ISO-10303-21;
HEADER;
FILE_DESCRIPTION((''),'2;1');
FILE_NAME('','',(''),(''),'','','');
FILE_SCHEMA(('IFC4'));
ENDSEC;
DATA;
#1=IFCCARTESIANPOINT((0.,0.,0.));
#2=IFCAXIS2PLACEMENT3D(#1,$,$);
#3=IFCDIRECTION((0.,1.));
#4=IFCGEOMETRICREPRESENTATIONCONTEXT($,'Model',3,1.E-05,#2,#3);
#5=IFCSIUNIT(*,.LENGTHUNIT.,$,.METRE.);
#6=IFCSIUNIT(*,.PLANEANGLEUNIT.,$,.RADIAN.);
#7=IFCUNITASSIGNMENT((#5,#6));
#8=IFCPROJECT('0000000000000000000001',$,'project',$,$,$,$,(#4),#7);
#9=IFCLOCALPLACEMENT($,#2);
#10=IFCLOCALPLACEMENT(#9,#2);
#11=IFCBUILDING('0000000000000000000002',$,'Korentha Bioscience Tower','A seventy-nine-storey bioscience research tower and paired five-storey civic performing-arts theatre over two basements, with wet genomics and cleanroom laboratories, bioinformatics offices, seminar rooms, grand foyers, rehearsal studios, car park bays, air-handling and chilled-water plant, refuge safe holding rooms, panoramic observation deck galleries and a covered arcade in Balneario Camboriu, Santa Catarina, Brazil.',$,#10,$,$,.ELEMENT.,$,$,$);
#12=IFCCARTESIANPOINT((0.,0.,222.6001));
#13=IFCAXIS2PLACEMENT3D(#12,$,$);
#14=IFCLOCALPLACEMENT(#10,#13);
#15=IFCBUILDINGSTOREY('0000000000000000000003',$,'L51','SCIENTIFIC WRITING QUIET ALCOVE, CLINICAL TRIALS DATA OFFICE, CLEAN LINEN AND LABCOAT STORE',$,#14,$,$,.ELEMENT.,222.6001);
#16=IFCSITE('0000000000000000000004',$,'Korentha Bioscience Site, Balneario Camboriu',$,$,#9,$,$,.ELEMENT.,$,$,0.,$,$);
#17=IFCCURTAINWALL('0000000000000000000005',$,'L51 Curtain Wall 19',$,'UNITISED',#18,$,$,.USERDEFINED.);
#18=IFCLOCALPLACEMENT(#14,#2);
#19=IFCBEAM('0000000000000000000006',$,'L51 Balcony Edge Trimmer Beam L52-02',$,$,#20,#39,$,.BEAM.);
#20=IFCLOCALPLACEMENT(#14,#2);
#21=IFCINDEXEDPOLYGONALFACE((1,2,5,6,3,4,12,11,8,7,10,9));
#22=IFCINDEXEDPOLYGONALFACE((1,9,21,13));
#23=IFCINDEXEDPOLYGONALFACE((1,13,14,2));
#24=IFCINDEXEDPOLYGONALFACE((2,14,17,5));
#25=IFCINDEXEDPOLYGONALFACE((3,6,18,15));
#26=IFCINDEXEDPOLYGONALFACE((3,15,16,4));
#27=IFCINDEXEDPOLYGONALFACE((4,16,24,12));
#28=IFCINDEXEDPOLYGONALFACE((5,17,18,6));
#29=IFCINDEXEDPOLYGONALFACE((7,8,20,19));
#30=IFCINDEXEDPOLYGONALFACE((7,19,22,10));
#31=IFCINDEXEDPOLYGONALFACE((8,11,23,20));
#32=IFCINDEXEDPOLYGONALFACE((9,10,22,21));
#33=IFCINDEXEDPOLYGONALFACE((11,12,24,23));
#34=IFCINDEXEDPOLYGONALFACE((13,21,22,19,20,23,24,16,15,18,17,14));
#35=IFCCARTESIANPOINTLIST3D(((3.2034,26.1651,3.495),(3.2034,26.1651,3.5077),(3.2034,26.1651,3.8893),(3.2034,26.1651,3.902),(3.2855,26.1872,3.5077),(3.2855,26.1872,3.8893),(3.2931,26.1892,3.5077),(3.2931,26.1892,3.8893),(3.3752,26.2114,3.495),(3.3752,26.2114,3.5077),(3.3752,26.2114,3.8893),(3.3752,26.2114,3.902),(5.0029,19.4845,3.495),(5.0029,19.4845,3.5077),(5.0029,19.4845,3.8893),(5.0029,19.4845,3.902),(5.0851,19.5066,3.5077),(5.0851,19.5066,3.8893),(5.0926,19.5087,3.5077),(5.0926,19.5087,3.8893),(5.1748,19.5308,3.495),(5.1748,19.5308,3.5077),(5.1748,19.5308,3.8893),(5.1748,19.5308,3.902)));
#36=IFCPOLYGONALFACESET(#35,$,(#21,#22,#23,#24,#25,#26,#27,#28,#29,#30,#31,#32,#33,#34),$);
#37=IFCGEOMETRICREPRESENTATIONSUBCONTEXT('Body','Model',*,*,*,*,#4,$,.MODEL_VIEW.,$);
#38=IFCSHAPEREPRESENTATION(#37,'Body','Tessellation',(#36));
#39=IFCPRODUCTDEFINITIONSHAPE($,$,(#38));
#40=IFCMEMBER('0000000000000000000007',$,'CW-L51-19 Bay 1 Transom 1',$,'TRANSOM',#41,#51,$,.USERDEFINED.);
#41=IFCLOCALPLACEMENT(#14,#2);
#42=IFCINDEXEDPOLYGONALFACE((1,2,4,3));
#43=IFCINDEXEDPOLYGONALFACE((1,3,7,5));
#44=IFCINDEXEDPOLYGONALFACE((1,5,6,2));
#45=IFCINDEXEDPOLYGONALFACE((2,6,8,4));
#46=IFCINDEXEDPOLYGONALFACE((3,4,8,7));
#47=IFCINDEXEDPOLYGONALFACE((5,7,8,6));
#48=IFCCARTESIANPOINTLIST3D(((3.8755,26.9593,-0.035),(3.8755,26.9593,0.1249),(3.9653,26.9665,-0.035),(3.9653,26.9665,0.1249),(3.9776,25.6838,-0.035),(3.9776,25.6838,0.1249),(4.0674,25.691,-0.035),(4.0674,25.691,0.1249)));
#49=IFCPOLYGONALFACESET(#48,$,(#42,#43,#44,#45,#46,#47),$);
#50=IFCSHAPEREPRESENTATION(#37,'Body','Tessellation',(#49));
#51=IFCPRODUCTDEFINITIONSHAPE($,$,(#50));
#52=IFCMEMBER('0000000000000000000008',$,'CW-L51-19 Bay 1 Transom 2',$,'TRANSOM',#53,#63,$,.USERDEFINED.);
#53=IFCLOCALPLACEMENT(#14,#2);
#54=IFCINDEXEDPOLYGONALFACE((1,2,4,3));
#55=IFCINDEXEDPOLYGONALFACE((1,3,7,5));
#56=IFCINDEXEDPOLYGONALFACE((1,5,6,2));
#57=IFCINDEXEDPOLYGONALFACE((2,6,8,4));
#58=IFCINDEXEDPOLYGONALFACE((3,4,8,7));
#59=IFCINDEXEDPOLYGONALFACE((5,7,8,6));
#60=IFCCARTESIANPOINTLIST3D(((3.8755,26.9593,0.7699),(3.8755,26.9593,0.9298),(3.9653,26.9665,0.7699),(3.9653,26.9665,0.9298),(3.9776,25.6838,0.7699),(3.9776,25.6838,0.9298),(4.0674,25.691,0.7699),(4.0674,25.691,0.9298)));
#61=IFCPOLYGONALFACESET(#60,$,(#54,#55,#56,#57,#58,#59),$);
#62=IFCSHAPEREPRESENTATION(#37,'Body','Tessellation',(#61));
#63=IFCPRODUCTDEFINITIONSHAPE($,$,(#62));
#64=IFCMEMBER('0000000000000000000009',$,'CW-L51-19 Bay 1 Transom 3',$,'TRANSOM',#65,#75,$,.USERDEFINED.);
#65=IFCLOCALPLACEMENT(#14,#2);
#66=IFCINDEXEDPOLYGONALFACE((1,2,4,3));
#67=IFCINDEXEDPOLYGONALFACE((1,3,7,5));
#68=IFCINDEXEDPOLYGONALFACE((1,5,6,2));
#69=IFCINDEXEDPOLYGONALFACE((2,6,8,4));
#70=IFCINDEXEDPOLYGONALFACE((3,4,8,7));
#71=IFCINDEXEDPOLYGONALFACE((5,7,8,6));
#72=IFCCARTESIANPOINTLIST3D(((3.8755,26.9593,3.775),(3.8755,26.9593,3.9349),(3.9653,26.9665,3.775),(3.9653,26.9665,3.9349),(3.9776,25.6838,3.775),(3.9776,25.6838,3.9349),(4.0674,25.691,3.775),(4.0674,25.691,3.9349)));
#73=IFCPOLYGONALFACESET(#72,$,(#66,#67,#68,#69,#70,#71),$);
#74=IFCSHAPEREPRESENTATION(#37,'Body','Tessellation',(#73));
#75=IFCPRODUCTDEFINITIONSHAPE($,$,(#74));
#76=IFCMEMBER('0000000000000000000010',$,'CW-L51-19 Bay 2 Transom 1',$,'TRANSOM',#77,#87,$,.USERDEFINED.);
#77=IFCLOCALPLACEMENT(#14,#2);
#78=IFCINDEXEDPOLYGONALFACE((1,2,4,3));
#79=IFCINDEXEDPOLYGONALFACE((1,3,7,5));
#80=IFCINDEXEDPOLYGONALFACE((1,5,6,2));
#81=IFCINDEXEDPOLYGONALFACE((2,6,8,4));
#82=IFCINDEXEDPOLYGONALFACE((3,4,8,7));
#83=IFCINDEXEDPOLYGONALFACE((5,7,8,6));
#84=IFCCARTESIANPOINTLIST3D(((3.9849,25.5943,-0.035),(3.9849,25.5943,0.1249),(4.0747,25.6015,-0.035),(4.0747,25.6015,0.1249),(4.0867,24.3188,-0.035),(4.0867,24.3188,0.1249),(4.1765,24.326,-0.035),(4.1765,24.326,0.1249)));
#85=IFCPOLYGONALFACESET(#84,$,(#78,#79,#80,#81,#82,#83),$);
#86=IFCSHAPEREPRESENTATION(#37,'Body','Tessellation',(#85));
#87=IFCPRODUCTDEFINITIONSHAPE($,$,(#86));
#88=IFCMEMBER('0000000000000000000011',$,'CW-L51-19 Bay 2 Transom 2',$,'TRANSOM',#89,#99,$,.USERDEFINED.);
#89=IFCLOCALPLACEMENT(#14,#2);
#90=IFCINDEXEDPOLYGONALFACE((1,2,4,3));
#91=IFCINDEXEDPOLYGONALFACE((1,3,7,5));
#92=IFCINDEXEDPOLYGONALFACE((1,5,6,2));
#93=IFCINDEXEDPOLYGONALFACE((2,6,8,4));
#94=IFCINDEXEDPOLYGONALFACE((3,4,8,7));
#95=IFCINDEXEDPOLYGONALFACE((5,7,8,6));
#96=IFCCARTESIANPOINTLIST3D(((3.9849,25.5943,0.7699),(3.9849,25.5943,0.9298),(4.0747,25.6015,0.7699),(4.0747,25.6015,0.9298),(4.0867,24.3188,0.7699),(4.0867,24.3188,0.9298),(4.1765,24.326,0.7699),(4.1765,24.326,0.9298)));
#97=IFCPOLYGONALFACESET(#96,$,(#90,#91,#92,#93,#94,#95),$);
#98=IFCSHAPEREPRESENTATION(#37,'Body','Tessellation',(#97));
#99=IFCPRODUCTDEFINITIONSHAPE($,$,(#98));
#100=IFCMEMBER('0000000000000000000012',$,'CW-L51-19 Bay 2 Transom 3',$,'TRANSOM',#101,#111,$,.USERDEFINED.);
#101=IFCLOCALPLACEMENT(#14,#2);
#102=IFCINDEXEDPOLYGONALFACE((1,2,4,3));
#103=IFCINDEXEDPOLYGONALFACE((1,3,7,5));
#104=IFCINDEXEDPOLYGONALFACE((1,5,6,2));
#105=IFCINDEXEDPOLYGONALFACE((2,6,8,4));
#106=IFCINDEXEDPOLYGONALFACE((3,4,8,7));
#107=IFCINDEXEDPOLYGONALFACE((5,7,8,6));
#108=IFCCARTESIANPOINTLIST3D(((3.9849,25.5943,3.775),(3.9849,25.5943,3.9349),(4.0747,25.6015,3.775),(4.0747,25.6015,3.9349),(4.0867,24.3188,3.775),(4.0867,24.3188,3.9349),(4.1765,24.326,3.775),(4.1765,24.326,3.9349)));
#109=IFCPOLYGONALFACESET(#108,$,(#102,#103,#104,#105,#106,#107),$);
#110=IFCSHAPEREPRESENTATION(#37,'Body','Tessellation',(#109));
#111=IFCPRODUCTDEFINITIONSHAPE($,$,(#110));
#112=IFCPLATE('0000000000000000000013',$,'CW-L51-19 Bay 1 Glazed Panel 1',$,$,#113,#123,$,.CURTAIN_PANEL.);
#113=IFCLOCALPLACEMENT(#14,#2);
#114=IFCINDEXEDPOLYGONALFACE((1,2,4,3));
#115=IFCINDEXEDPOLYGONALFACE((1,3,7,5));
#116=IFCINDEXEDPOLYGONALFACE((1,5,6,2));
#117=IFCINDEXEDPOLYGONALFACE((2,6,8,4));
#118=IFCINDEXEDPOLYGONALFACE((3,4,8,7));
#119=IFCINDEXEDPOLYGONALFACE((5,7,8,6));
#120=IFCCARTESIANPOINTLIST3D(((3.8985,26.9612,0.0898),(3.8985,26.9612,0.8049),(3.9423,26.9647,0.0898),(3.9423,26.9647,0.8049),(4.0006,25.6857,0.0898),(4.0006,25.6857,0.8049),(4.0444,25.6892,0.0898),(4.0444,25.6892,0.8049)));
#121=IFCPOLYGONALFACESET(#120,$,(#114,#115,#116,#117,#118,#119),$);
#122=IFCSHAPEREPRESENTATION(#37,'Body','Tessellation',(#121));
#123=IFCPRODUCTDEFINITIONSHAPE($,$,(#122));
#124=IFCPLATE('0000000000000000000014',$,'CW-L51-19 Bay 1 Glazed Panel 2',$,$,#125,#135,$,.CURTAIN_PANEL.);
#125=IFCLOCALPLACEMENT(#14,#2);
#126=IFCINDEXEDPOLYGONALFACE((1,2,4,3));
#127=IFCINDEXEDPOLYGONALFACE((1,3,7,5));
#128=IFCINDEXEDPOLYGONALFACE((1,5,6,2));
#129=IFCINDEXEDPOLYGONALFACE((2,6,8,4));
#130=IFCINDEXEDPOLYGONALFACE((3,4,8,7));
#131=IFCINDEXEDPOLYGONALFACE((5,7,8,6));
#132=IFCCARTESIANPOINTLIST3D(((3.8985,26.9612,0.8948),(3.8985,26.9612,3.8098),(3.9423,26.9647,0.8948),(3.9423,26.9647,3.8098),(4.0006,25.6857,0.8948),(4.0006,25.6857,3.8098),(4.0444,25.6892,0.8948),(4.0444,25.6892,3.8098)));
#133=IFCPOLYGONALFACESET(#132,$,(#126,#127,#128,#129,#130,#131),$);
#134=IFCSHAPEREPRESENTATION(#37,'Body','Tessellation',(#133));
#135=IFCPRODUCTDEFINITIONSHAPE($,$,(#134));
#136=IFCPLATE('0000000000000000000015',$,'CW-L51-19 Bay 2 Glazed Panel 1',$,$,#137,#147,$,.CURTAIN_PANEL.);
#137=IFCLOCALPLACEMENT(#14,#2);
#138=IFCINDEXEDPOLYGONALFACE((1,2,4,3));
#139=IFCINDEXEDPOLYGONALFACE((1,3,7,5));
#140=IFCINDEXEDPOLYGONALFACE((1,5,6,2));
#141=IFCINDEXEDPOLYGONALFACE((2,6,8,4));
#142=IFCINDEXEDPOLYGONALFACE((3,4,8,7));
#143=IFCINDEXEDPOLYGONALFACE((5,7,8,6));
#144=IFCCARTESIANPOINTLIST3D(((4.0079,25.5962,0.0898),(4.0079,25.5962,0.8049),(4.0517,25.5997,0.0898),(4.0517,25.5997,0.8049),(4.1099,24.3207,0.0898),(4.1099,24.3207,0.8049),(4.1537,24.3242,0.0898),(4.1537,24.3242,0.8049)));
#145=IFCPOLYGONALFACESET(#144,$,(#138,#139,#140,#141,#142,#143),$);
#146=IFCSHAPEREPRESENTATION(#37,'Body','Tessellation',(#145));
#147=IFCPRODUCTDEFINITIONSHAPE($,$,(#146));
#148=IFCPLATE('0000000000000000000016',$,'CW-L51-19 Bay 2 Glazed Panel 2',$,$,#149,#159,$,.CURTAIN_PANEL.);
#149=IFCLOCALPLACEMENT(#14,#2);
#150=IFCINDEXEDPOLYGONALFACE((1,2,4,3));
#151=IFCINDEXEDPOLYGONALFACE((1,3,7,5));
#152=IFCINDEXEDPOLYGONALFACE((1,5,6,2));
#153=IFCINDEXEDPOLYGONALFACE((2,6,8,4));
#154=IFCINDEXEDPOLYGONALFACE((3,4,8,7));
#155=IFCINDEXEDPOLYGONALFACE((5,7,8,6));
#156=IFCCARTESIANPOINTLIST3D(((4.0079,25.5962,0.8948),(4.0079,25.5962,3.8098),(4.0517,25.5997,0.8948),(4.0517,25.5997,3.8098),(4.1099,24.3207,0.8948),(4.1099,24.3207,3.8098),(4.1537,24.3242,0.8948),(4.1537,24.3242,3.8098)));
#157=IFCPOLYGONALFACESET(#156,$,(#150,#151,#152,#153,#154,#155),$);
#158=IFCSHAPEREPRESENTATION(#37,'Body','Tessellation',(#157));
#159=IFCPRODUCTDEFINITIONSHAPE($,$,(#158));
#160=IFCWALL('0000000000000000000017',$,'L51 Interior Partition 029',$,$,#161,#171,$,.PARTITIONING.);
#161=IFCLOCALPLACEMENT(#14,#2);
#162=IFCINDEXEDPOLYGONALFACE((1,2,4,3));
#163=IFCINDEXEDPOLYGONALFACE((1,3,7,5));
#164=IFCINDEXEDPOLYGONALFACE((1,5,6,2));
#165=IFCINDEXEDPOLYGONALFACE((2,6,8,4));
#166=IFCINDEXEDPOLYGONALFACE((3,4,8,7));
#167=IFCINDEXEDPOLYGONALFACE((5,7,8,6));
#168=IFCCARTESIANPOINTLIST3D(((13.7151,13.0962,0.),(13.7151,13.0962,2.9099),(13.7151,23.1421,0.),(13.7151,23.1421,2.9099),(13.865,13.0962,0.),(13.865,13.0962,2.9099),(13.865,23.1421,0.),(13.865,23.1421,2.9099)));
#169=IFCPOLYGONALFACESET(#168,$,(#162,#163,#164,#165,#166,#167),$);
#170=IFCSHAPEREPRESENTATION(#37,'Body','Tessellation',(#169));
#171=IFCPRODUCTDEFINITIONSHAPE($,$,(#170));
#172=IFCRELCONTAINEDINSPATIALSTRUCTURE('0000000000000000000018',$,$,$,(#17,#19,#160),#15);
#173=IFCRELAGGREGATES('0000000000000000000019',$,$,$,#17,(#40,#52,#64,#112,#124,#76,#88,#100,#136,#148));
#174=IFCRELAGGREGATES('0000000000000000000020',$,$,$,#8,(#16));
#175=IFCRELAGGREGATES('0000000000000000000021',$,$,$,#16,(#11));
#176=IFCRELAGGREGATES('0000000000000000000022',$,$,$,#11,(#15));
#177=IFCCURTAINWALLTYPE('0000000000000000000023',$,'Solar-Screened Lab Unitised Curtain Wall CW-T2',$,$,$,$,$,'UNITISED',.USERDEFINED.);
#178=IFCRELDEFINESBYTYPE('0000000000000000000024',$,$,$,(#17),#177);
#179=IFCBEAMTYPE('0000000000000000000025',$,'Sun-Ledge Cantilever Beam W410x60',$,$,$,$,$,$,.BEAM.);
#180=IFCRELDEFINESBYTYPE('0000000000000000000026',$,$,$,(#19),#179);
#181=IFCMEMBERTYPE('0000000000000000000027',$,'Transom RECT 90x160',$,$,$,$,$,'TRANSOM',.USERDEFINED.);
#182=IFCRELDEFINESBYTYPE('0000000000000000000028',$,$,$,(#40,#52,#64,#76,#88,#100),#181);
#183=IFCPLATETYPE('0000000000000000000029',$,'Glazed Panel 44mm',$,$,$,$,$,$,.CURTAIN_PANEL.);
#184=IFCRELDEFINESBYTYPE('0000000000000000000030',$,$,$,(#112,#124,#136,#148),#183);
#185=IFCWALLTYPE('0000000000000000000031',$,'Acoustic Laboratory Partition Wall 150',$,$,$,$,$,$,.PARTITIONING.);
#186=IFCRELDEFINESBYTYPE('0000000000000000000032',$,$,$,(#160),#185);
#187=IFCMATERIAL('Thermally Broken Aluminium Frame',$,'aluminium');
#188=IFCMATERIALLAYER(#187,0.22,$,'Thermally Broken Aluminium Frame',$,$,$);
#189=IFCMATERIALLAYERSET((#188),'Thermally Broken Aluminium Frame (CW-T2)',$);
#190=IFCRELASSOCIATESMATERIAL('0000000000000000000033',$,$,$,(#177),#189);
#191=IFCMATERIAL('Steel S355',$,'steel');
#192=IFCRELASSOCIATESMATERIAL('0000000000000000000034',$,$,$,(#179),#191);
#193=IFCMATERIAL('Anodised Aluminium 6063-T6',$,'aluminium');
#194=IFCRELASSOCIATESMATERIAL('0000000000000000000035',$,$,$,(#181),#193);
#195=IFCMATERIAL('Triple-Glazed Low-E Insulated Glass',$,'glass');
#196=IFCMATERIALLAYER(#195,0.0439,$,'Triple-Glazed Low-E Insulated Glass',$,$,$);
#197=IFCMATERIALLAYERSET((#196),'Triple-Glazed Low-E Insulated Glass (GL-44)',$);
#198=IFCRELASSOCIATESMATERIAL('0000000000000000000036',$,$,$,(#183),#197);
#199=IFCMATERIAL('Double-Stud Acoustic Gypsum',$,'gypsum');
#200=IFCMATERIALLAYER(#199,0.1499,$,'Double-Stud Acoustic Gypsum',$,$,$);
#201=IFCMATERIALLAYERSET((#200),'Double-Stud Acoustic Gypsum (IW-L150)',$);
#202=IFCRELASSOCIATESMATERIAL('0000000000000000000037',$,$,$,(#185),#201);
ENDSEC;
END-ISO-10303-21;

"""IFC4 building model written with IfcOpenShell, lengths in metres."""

from ifc_helpers import new_model, si_unit, direction, frame, frame_2d, origin, origin_2d, place, context, subcontext, project, spatial, rectangle, i_section, extrude, material, layer, layer_set, material_profile, profile_set, type_object, element, aggregate, save


model = new_model("IFC4")

# Units and contexts
model_context = context("Model", 3, precision=1e-05, world=origin(), true_north=direction((0.0, 1.0)))
body_context = subcontext(model_context, "Body", "Model", "MODEL_VIEW")
ifc_project = project(units=[si_unit("LENGTHUNIT", "METRE"), si_unit("PLANEANGLEUNIT", "RADIAN")], contexts=[model_context])

# Site, building, storey
site_placement = place(None, origin())
site = spatial("IfcSite", under=ifc_project, at=site_placement, Name="Korentha Bioscience Site, Balneario Camboriu", CompositionType="ELEMENT", RefElevation=0.0)
building_placement = place(site_placement, origin())
building = spatial("IfcBuilding", under=site, at=building_placement, Name="Korentha Bioscience Tower", Description="A seventy-nine-storey bioscience research tower and paired five-storey civic performing-arts theatre over two basements, with wet genomics and cleanroom laboratories, bioinformatics offices, seminar rooms, grand foyers, rehearsal studios, car park bays, air-handling and chilled-water plant, refuge safe holding rooms, panoramic observation deck galleries and a covered arcade in Balneario Camboriu, Santa Catarina, Brazil.", CompositionType="ELEMENT")
storey_placement = place(building_placement, frame((0.0, 0.0, 222.6001)))
storey = spatial("IfcBuildingStorey", under=building, at=storey_placement, Name="L51", Description="SCIENTIFIC WRITING QUIET ALCOVE, CLINICAL TRIALS DATA OFFICE, CLEAN LINEN AND LABCOAT STORE", CompositionType="ELEMENT", Elevation=222.6001)

# Curtain wall
ifc_material_1 = material(Name="Thermally Broken Aluminium Frame", Category="aluminium")
ifc_layer_1 = layer(ifc_material_1, 0.22, Name="Thermally Broken Aluminium Frame")
ifc_layer_set_1 = layer_set([ifc_layer_1], Name="Thermally Broken Aluminium Frame (CW-T2)")
curtain_wall_type = type_object("IfcCurtainWallType", Name="Solar-Screened Lab Unitised Curtain Wall CW-T2", ElementType="UNITISED", PredefinedType="USERDEFINED", material=ifc_layer_set_1)
curtain_wall_placement = place(storey_placement, origin())
curtain_wall = element("IfcCurtainWall", 1, at=curtain_wall_placement, inside=storey, type_object=curtain_wall_type, Name="L51 Curtain Wall 19", ObjectType="UNITISED", PredefinedType="USERDEFINED")
ifc_material_2 = material(Name="Anodised Aluminium 6063-T6", Category="aluminium")

# Beam
ifc_material_3 = material(Name="Steel S355", Category="steel")
ifc_material_profile_1 = material_profile(ifc_material_3, i_section(OverallWidth=0.178, OverallDepth=0.407, WebThickness=0.0078, FlangeThickness=0.0127, at=origin_2d()), Name="Steel S355")
ifc_profile_set_1 = profile_set([ifc_material_profile_1], Name="Steel S355 (CB-410)")
beam_type_1 = type_object("IfcBeamType", Name="Sun-Ledge Cantilever Beam W410x60", PredefinedType="BEAM", material=ifc_profile_set_1)
beam_1_placement = place(storey_placement, frame((3.2893, 26.1882, 3.6985), z_axis=(0.260097, -0.965582, 0.0), x_axis=(0.965582, 0.260097, 0.0)))
element("IfcBeam", 2, at=beam_1_placement, inside=storey, type_object=beam_type_1, Name="L51 Balcony Edge Trimmer Beam L52-02", PredefinedType="BEAM", context=body_context, shape_type="SweptSolid", body=[
    extrude(i_section(OverallWidth=0.178, OverallDepth=0.407, WebThickness=0.0078, FlangeThickness=0.0127, at=origin_2d()), origin(), (0.0, 0.0, 1.0), 6.9187),
])

# Members
ifc_material_profile_2 = material_profile(ifc_material_2, rectangle(XDim=0.0901, YDim=0.1599, at=origin_2d()), Name="Anodised Aluminium 6063-T6")
ifc_profile_set_2 = profile_set([ifc_material_profile_2], Name="Anodised Aluminium 6063-T6 (CW-TRN)")
member_type_1 = type_object("IfcMemberType", Name="Transom RECT 90x160", ElementType="TRANSOM", PredefinedType="USERDEFINED", material=ifc_profile_set_2)
member_1_placement = place(storey_placement, frame((3.9204, 26.9629, 0.0449), z_axis=(0.07976, -0.996814, 0.0), x_axis=(0.996814, 0.07976, 0.0)))
member_1 = element("IfcMember", 3, at=member_1_placement, type_object=member_type_1, Name="CW-L51-19 Bay 1 Transom 1", ObjectType="TRANSOM", PredefinedType="USERDEFINED", context=body_context, shape_type="SweptSolid", body=[
    extrude(rectangle(XDim=0.0901, YDim=0.1599, at=origin_2d()), origin(), (0.0, 0.0, 1.0), 1.2795),
])
member_2_placement = place(storey_placement, frame((3.9204, 26.9629, 0.8499), z_axis=(0.07976, -0.996814, 0.0), x_axis=(0.996814, 0.07976, 0.0)))
member_2 = element("IfcMember", 4, at=member_2_placement, type_object=member_type_1, Name="CW-L51-19 Bay 1 Transom 2", ObjectType="TRANSOM", PredefinedType="USERDEFINED", context=body_context, shape_type="SweptSolid", body=[
    extrude(rectangle(XDim=0.0901, YDim=0.1599, at=origin_2d()), origin(), (0.0, 0.0, 1.0), 1.2795),
])
member_3_placement = place(storey_placement, frame((3.9204, 26.9629, 3.855), z_axis=(0.07976, -0.996814, 0.0), x_axis=(0.996814, 0.07976, 0.0)))
member_3 = element("IfcMember", 5, at=member_3_placement, type_object=member_type_1, Name="CW-L51-19 Bay 1 Transom 3", ObjectType="TRANSOM", PredefinedType="USERDEFINED", context=body_context, shape_type="SweptSolid", body=[
    extrude(rectangle(XDim=0.0901, YDim=0.1599, at=origin_2d()), origin(), (0.0, 0.0, 1.0), 1.2795),
])
member_4_placement = place(storey_placement, frame((4.0298, 25.5979, 0.0449), z_axis=(0.079571, -0.996829, 0.0), x_axis=(0.996829, 0.079571, 0.0)))
member_4 = element("IfcMember", 6, at=member_4_placement, type_object=member_type_1, Name="CW-L51-19 Bay 2 Transom 1", ObjectType="TRANSOM", PredefinedType="USERDEFINED", context=body_context, shape_type="SweptSolid", body=[
    extrude(rectangle(XDim=0.0901, YDim=0.1599, at=origin_2d()), origin(), (0.0, 0.0, 1.0), 1.2795),
])
member_5_placement = place(storey_placement, frame((4.0298, 25.5979, 0.8499), z_axis=(0.079571, -0.996829, 0.0), x_axis=(0.996829, 0.079571, 0.0)))
member_5 = element("IfcMember", 7, at=member_5_placement, type_object=member_type_1, Name="CW-L51-19 Bay 2 Transom 2", ObjectType="TRANSOM", PredefinedType="USERDEFINED", context=body_context, shape_type="SweptSolid", body=[
    extrude(rectangle(XDim=0.0901, YDim=0.1599, at=origin_2d()), origin(), (0.0, 0.0, 1.0), 1.2795),
])
member_6_placement = place(storey_placement, frame((4.0298, 25.5979, 3.855), z_axis=(0.079571, -0.996829, 0.0), x_axis=(0.996829, 0.079571, 0.0)))
member_6 = element("IfcMember", 8, at=member_6_placement, type_object=member_type_1, Name="CW-L51-19 Bay 2 Transom 3", ObjectType="TRANSOM", PredefinedType="USERDEFINED", context=body_context, shape_type="SweptSolid", body=[
    extrude(rectangle(XDim=0.0901, YDim=0.1599, at=origin_2d()), origin(), (0.0, 0.0, 1.0), 1.2795),
])

# Plates
ifc_material_4 = material(Name="Triple-Glazed Low-E Insulated Glass", Category="glass")
ifc_layer_2 = layer(ifc_material_4, 0.0439, Name="Triple-Glazed Low-E Insulated Glass")
ifc_layer_set_2 = layer_set([ifc_layer_2], Name="Triple-Glazed Low-E Insulated Glass (GL-44)")
plate_type = type_object("IfcPlateType", Name="Glazed Panel 44mm", PredefinedType="CURTAIN_PANEL", material=ifc_layer_set_2)
plate_1_placement = place(storey_placement, frame((3.9714, 26.3252, 0.0898), z_axis=(0.0, 0.0, 1.0), x_axis=(0.079748, -0.996815, 0.0)))
plate_1 = element("IfcPlate", 9, at=plate_1_placement, type_object=plate_type, Name="CW-L51-19 Bay 1 Glazed Panel 1", PredefinedType="CURTAIN_PANEL", context=body_context, shape_type="SweptSolid", body=[
    extrude(rectangle(XDim=1.2795, YDim=0.0439, at=origin_2d()), origin(), (0.0, 0.0, 1.0), 0.7151),
])
plate_2_placement = place(storey_placement, frame((3.9714, 26.3252, 0.8948), z_axis=(0.0, 0.0, 1.0), x_axis=(0.079748, -0.996815, 0.0)))
plate_2 = element("IfcPlate", 10, at=plate_2_placement, type_object=plate_type, Name="CW-L51-19 Bay 1 Glazed Panel 2", PredefinedType="CURTAIN_PANEL", context=body_context, shape_type="SweptSolid", body=[
    extrude(rectangle(XDim=1.2795, YDim=0.0439, at=origin_2d()), origin(), (0.0, 0.0, 1.0), 2.915),
])
plate_3_placement = place(storey_placement, frame((4.0808, 24.9602, 0.0898), z_axis=(0.0, 0.0, 1.0), x_axis=(0.079748, -0.996815, 0.0)))
plate_3 = element("IfcPlate", 11, at=plate_3_placement, type_object=plate_type, Name="CW-L51-19 Bay 2 Glazed Panel 1", PredefinedType="CURTAIN_PANEL", context=body_context, shape_type="SweptSolid", body=[
    extrude(rectangle(XDim=1.2795, YDim=0.0439, at=origin_2d()), origin(), (0.0, 0.0, 1.0), 0.7151),
])
plate_4_placement = place(storey_placement, frame((4.0808, 24.9602, 0.8948), z_axis=(0.0, 0.0, 1.0), x_axis=(0.079748, -0.996815, 0.0)))
plate_4 = element("IfcPlate", 12, at=plate_4_placement, type_object=plate_type, Name="CW-L51-19 Bay 2 Glazed Panel 2", PredefinedType="CURTAIN_PANEL", context=body_context, shape_type="SweptSolid", body=[
    extrude(rectangle(XDim=1.2795, YDim=0.0439, at=origin_2d()), origin(), (0.0, 0.0, 1.0), 2.915),
])
aggregate(curtain_wall, [member_1, member_2, member_3, plate_1, plate_2, member_4, member_5, member_6, plate_3, plate_4])

# Wall
ifc_material_5 = material(Name="Double-Stud Acoustic Gypsum", Category="gypsum")
ifc_layer_3 = layer(ifc_material_5, 0.1499, Name="Double-Stud Acoustic Gypsum")
ifc_layer_set_3 = layer_set([ifc_layer_3], Name="Double-Stud Acoustic Gypsum (IW-L150)")
wall_type_1 = type_object("IfcWallType", Name="Acoustic Laboratory Partition Wall 150", PredefinedType="PARTITIONING", material=ifc_layer_set_3)
wall_1_placement = place(storey_placement, frame((13.79, 23.1421, 0.0), z_axis=(0.0, 0.0, 1.0), x_axis=(0.0, -1.0, 0.0)))
element("IfcWall", 13, at=wall_1_placement, inside=storey, type_object=wall_type_1, Name="L51 Interior Partition 029", PredefinedType="PARTITIONING", context=body_context, shape_type="SweptSolid", body=[
    extrude(rectangle(XDim=10.0459, YDim=0.1499, at=frame_2d((5.0229, 0.0))), origin(), (0.0, 0.0, 1.0), 2.9099),
])

save(model, "model.ifc")
